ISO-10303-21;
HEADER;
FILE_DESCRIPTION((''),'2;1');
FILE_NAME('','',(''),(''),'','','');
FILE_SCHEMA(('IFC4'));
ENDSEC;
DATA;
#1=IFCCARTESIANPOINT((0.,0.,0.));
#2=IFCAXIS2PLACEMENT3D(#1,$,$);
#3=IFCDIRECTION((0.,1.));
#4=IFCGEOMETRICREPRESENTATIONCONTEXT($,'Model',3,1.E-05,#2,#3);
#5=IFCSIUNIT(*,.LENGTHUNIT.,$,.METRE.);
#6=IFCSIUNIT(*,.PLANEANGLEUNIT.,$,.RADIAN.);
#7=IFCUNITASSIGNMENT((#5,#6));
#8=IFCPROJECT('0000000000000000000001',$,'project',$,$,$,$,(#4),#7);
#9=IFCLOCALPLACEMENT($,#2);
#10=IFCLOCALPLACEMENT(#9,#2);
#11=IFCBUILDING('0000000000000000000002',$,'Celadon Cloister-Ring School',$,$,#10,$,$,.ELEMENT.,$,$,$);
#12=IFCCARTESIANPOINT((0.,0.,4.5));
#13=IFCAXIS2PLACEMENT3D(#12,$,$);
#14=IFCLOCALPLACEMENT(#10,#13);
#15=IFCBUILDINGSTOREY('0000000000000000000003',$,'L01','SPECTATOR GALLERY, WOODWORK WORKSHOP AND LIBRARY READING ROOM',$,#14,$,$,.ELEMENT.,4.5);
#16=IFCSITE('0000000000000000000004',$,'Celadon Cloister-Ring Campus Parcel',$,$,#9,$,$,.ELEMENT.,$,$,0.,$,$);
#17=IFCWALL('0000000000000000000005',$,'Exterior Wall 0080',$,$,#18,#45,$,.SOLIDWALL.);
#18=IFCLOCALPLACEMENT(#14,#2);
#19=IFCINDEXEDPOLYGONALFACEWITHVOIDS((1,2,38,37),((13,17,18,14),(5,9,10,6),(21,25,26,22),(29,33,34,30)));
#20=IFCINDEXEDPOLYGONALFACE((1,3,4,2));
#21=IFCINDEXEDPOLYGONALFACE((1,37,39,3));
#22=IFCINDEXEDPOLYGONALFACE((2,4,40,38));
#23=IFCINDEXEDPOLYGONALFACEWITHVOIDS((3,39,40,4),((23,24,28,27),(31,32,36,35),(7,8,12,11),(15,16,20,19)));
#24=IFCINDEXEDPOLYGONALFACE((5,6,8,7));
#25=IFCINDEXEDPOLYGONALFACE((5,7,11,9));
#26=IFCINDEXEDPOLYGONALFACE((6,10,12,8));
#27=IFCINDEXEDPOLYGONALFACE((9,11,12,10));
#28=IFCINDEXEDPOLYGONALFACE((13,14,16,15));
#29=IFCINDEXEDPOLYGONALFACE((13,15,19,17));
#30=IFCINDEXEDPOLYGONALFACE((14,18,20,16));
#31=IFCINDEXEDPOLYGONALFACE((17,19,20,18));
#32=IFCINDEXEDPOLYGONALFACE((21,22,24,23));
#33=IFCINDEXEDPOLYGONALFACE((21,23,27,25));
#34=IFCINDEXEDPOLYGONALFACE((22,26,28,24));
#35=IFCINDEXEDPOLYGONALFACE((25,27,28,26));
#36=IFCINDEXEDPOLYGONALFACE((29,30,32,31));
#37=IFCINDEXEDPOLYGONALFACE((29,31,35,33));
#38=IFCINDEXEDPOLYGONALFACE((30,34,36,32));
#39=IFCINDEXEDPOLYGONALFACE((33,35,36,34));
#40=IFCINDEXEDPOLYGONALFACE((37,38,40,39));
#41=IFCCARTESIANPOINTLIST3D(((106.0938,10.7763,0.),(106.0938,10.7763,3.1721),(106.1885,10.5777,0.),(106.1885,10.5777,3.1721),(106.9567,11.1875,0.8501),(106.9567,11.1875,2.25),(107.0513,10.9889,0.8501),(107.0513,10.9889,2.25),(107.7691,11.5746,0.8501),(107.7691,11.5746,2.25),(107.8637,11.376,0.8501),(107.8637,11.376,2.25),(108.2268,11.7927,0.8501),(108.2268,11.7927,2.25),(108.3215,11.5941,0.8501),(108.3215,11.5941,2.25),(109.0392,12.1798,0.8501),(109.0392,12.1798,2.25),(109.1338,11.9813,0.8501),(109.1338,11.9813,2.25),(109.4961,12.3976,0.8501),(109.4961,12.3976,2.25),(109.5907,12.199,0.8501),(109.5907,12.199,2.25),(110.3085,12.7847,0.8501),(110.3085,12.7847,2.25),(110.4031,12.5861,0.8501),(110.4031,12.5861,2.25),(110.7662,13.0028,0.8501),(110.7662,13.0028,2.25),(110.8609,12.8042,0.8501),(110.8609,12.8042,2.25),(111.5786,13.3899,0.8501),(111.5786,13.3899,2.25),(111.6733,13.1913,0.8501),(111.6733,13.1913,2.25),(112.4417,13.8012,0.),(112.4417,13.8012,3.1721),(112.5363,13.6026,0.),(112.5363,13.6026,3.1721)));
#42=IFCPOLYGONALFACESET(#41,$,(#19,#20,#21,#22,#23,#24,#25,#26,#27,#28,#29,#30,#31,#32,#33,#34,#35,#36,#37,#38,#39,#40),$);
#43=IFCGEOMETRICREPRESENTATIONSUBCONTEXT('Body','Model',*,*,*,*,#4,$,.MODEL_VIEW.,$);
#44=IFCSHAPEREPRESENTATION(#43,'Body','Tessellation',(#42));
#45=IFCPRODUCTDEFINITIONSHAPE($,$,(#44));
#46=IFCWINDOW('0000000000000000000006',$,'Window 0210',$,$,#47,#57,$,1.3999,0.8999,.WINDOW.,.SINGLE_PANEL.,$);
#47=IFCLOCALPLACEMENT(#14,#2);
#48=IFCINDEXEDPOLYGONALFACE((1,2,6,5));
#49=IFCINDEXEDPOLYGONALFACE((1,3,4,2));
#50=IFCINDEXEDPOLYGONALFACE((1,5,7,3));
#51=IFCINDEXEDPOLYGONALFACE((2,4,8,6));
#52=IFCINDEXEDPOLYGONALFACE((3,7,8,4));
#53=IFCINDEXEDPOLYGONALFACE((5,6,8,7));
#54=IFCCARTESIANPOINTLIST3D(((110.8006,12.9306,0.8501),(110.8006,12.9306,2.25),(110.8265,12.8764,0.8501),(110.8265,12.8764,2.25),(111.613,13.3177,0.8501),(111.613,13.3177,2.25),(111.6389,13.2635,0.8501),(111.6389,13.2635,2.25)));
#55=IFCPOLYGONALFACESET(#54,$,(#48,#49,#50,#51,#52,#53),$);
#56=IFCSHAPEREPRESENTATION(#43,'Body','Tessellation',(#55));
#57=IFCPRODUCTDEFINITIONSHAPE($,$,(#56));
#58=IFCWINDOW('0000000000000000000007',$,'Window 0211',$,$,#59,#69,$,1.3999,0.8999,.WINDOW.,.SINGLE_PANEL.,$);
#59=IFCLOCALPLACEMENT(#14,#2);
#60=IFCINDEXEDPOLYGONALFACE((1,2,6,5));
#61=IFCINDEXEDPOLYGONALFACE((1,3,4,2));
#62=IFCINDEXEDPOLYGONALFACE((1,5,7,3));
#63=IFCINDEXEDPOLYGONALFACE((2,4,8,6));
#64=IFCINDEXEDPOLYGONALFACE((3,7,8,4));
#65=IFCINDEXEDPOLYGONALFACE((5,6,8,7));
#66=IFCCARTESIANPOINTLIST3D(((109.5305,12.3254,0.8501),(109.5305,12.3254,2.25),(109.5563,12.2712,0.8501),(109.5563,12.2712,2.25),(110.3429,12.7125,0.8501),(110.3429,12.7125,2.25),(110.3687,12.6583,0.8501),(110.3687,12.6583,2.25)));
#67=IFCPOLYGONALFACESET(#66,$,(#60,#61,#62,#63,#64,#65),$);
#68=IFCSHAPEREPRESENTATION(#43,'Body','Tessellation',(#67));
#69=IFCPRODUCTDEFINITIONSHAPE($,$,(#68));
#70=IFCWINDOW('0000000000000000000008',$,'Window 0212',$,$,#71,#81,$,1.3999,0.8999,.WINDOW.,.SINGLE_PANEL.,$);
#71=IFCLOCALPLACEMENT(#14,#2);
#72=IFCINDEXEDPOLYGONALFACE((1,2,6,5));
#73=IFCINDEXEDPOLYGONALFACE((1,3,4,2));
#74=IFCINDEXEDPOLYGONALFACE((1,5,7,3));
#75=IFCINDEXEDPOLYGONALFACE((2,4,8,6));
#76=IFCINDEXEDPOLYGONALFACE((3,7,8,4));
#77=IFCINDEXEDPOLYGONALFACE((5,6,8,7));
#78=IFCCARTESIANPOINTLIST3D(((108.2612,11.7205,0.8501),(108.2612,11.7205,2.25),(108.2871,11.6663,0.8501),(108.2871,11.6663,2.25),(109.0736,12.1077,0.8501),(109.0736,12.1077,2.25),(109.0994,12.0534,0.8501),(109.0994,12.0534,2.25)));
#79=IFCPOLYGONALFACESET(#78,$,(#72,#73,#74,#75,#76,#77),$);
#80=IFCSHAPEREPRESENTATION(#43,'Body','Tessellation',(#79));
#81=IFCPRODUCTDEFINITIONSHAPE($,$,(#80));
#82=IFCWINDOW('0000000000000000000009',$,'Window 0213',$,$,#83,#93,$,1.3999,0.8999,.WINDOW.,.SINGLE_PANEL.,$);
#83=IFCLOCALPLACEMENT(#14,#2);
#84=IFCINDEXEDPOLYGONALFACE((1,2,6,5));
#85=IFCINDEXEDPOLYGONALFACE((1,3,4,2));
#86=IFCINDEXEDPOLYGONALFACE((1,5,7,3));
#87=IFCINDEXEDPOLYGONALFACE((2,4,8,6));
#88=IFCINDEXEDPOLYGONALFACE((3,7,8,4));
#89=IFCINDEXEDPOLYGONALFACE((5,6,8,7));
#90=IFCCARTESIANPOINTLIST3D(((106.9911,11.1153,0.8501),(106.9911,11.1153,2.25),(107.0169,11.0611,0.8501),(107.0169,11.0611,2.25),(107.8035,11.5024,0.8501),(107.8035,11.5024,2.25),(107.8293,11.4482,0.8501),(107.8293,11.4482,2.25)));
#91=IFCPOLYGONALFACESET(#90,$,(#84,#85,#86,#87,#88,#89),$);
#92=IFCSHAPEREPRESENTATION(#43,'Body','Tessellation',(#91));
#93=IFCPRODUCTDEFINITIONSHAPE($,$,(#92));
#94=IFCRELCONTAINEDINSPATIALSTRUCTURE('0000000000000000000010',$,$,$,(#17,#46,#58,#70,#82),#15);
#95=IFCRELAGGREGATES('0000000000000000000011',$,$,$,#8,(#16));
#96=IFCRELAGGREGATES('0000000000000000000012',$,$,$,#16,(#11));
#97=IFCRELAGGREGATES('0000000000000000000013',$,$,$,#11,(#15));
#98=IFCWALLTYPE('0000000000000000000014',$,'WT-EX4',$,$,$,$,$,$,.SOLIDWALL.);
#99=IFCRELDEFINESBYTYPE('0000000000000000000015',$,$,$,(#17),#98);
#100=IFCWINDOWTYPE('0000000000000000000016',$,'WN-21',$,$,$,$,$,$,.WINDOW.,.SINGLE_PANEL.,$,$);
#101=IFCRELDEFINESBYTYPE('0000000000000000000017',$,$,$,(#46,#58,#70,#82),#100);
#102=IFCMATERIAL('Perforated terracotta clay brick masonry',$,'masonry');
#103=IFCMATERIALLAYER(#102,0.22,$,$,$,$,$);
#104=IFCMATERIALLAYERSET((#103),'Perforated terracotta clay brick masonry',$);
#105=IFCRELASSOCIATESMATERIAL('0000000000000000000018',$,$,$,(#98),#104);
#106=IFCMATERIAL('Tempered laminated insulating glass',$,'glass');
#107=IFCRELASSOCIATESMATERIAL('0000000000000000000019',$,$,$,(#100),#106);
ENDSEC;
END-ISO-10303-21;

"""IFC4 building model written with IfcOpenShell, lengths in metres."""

from ifc_helpers import new_model, si_unit, direction, frame, frame_2d, origin, place, context, subcontext, project, spatial, rectangle, extrude, material, layer, layer_set, type_object, element, fill, save


model = new_model("IFC4")

# Units and contexts
model_context = context("Model", 3, precision=1e-05, world=origin(), true_north=direction((0.0, 1.0)))
body_context = subcontext(model_context, "Body", "Model", "MODEL_VIEW")
ifc_project = project(units=[si_unit("LENGTHUNIT", "METRE"), si_unit("PLANEANGLEUNIT", "RADIAN")], contexts=[model_context])

# Site, building, storey
site_placement = place(None, origin())
site = spatial("IfcSite", under=ifc_project, at=site_placement, Name="Celadon Cloister-Ring Campus Parcel", CompositionType="ELEMENT", RefElevation=0.0)
building_placement = place(site_placement, origin())
building = spatial("IfcBuilding", under=site, at=building_placement, Name="Celadon Cloister-Ring School", CompositionType="ELEMENT")
storey_placement = place(building_placement, frame((0.0, 0.0, 4.5)))
storey = spatial("IfcBuildingStorey", under=building, at=storey_placement, Name="L01", Description="SPECTATOR GALLERY, WOODWORK WORKSHOP AND LIBRARY READING ROOM", CompositionType="ELEMENT", Elevation=4.5)

# Wall, openings, windows
ifc_material_1 = material(Name="Perforated terracotta clay brick masonry", Category="masonry")
ifc_layer_1 = layer(ifc_material_1, 0.22)
ifc_layer_set_1 = layer_set([ifc_layer_1], Name="Perforated terracotta clay brick masonry")
wall_type = type_object("IfcWallType", Name="WT-EX4", PredefinedType="SOLIDWALL", material=ifc_layer_set_1)
wall_1_placement = place(storey_placement, frame((112.489, 13.7019, 0.0), z_axis=(0.0, 0.0, 1.0), x_axis=(-0.902745, -0.430176, 0.0)))
wall_1 = element("IfcWall", 1, at=wall_1_placement, inside=storey, type_object=wall_type, Name="Exterior Wall 0080", PredefinedType="SOLIDWALL", context=body_context, shape_type="SweptSolid", body=[
    extrude(rectangle(XDim=7.0317, YDim=0.22, at=frame_2d((3.5159, 0.0))), origin(), (0.0, 0.0, 1.0), 3.1721),
])
opening_1_placement = place(wall_1_placement, frame((0.9561, 0.0, 0.8501)))
opening_1 = element("IfcOpeningElement", 2, at=opening_1_placement, cuts=wall_1, PredefinedType="OPENING", context=body_context, shape_type="SweptSolid", body=[
    extrude(rectangle(XDim=0.8999, YDim=1.3999, at=frame_2d((0.45, 0.7))), frame((0.0, 0.1201, 0.0), z_axis=(0.0, -1.0, 0.0), x_axis=(1.0, 0.0, 0.0)), (0.0, 0.0, 1.0), 0.24),
])
opening_2_placement = place(wall_1_placement, frame((2.363, 0.0, 0.8501)))
opening_2 = element("IfcOpeningElement", 3, at=opening_2_placement, cuts=wall_1, PredefinedType="OPENING", context=body_context, shape_type="SweptSolid", body=[
    extrude(rectangle(XDim=0.8999, YDim=1.3999, at=frame_2d((0.45, 0.7))), frame((0.0, 0.1201, 0.0), z_axis=(0.0, -1.0, 0.0), x_axis=(1.0, 0.0, 0.0)), (0.0, 0.0, 1.0), 0.24),
])
opening_3_placement = place(wall_1_placement, frame((3.769, 0.0, 0.8501)))
opening_3 = element("IfcOpeningElement", 4, at=opening_3_placement, cuts=wall_1, PredefinedType="OPENING", context=body_context, shape_type="SweptSolid", body=[
    extrude(rectangle(XDim=0.8999, YDim=1.3999, at=frame_2d((0.45, 0.7))), frame((0.0, 0.1201, 0.0), z_axis=(0.0, -1.0, 0.0), x_axis=(1.0, 0.0, 0.0)), (0.0, 0.0, 1.0), 0.24),
])
opening_4_placement = place(wall_1_placement, frame((5.176, 0.0, 0.8501)))
opening_4 = element("IfcOpeningElement", 5, at=opening_4_placement, cuts=wall_1, PredefinedType="OPENING", context=body_context, shape_type="SweptSolid", body=[
    extrude(rectangle(XDim=0.8999, YDim=1.3999, at=frame_2d((0.45, 0.7))), frame((0.0, 0.1201, 0.0), z_axis=(0.0, -1.0, 0.0), x_axis=(1.0, 0.0, 0.0)), (0.0, 0.0, 1.0), 0.24),
])
ifc_material_2 = material(Name="Tempered laminated insulating glass", Category="glass")
window_type = type_object("IfcWindowType", Name="WN-21", PartitioningType="SINGLE_PANEL", PredefinedType="WINDOW", material=ifc_material_2)
window_1_placement = place(opening_1_placement, origin())
window_1 = element("IfcWindow", 6, at=window_1_placement, inside=storey, type_object=window_type, Name="Window 0210", OverallHeight=1.3999, OverallWidth=0.8999, PartitioningType="SINGLE_PANEL", PredefinedType="WINDOW", context=body_context, shape_type="SweptSolid", body=[
    extrude(rectangle(XDim=0.8999, YDim=1.3999, at=frame_2d((0.45, 0.7))), frame((0.0, 0.03, 0.0), z_axis=(0.0, -1.0, 0.0), x_axis=(1.0, 0.0, 0.0)), (0.0, 0.0, 1.0), 0.0601),
])
fill(opening_1, window_1)
window_2_placement = place(opening_2_placement, origin())
window_2 = element("IfcWindow", 7, at=window_2_placement, inside=storey, type_object=window_type, Name="Window 0211", OverallHeight=1.3999, OverallWidth=0.8999, PartitioningType="SINGLE_PANEL", PredefinedType="WINDOW", context=body_context, shape_type="SweptSolid", body=[
    extrude(rectangle(XDim=0.8999, YDim=1.3999, at=frame_2d((0.45, 0.7))), frame((0.0, 0.03, 0.0), z_axis=(0.0, -1.0, 0.0), x_axis=(1.0, 0.0, 0.0)), (0.0, 0.0, 1.0), 0.0601),
])
fill(opening_2, window_2)
window_3_placement = place(opening_3_placement, origin())
window_3 = element("IfcWindow", 8, at=window_3_placement, inside=storey, type_object=window_type, Name="Window 0212", OverallHeight=1.3999, OverallWidth=0.8999, PartitioningType="SINGLE_PANEL", PredefinedType="WINDOW", context=body_context, shape_type="SweptSolid", body=[
    extrude(rectangle(XDim=0.8999, YDim=1.3999, at=frame_2d((0.45, 0.7))), frame((0.0, 0.03, 0.0), z_axis=(0.0, -1.0, 0.0), x_axis=(1.0, 0.0, 0.0)), (0.0, 0.0, 1.0), 0.0601),
])
fill(opening_3, window_3)
window_4_placement = place(opening_4_placement, origin())
window_4 = element("IfcWindow", 9, at=window_4_placement, inside=storey, type_object=window_type, Name="Window 0213", OverallHeight=1.3999, OverallWidth=0.8999, PartitioningType="SINGLE_PANEL", PredefinedType="WINDOW", context=body_context, shape_type="SweptSolid", body=[
    extrude(rectangle(XDim=0.8999, YDim=1.3999, at=frame_2d((0.45, 0.7))), frame((0.0, 0.03, 0.0), z_axis=(0.0, -1.0, 0.0), x_axis=(1.0, 0.0, 0.0)), (0.0, 0.0, 1.0), 0.0601),
])
fill(opening_4, window_4)

save(model, "model.ifc")
